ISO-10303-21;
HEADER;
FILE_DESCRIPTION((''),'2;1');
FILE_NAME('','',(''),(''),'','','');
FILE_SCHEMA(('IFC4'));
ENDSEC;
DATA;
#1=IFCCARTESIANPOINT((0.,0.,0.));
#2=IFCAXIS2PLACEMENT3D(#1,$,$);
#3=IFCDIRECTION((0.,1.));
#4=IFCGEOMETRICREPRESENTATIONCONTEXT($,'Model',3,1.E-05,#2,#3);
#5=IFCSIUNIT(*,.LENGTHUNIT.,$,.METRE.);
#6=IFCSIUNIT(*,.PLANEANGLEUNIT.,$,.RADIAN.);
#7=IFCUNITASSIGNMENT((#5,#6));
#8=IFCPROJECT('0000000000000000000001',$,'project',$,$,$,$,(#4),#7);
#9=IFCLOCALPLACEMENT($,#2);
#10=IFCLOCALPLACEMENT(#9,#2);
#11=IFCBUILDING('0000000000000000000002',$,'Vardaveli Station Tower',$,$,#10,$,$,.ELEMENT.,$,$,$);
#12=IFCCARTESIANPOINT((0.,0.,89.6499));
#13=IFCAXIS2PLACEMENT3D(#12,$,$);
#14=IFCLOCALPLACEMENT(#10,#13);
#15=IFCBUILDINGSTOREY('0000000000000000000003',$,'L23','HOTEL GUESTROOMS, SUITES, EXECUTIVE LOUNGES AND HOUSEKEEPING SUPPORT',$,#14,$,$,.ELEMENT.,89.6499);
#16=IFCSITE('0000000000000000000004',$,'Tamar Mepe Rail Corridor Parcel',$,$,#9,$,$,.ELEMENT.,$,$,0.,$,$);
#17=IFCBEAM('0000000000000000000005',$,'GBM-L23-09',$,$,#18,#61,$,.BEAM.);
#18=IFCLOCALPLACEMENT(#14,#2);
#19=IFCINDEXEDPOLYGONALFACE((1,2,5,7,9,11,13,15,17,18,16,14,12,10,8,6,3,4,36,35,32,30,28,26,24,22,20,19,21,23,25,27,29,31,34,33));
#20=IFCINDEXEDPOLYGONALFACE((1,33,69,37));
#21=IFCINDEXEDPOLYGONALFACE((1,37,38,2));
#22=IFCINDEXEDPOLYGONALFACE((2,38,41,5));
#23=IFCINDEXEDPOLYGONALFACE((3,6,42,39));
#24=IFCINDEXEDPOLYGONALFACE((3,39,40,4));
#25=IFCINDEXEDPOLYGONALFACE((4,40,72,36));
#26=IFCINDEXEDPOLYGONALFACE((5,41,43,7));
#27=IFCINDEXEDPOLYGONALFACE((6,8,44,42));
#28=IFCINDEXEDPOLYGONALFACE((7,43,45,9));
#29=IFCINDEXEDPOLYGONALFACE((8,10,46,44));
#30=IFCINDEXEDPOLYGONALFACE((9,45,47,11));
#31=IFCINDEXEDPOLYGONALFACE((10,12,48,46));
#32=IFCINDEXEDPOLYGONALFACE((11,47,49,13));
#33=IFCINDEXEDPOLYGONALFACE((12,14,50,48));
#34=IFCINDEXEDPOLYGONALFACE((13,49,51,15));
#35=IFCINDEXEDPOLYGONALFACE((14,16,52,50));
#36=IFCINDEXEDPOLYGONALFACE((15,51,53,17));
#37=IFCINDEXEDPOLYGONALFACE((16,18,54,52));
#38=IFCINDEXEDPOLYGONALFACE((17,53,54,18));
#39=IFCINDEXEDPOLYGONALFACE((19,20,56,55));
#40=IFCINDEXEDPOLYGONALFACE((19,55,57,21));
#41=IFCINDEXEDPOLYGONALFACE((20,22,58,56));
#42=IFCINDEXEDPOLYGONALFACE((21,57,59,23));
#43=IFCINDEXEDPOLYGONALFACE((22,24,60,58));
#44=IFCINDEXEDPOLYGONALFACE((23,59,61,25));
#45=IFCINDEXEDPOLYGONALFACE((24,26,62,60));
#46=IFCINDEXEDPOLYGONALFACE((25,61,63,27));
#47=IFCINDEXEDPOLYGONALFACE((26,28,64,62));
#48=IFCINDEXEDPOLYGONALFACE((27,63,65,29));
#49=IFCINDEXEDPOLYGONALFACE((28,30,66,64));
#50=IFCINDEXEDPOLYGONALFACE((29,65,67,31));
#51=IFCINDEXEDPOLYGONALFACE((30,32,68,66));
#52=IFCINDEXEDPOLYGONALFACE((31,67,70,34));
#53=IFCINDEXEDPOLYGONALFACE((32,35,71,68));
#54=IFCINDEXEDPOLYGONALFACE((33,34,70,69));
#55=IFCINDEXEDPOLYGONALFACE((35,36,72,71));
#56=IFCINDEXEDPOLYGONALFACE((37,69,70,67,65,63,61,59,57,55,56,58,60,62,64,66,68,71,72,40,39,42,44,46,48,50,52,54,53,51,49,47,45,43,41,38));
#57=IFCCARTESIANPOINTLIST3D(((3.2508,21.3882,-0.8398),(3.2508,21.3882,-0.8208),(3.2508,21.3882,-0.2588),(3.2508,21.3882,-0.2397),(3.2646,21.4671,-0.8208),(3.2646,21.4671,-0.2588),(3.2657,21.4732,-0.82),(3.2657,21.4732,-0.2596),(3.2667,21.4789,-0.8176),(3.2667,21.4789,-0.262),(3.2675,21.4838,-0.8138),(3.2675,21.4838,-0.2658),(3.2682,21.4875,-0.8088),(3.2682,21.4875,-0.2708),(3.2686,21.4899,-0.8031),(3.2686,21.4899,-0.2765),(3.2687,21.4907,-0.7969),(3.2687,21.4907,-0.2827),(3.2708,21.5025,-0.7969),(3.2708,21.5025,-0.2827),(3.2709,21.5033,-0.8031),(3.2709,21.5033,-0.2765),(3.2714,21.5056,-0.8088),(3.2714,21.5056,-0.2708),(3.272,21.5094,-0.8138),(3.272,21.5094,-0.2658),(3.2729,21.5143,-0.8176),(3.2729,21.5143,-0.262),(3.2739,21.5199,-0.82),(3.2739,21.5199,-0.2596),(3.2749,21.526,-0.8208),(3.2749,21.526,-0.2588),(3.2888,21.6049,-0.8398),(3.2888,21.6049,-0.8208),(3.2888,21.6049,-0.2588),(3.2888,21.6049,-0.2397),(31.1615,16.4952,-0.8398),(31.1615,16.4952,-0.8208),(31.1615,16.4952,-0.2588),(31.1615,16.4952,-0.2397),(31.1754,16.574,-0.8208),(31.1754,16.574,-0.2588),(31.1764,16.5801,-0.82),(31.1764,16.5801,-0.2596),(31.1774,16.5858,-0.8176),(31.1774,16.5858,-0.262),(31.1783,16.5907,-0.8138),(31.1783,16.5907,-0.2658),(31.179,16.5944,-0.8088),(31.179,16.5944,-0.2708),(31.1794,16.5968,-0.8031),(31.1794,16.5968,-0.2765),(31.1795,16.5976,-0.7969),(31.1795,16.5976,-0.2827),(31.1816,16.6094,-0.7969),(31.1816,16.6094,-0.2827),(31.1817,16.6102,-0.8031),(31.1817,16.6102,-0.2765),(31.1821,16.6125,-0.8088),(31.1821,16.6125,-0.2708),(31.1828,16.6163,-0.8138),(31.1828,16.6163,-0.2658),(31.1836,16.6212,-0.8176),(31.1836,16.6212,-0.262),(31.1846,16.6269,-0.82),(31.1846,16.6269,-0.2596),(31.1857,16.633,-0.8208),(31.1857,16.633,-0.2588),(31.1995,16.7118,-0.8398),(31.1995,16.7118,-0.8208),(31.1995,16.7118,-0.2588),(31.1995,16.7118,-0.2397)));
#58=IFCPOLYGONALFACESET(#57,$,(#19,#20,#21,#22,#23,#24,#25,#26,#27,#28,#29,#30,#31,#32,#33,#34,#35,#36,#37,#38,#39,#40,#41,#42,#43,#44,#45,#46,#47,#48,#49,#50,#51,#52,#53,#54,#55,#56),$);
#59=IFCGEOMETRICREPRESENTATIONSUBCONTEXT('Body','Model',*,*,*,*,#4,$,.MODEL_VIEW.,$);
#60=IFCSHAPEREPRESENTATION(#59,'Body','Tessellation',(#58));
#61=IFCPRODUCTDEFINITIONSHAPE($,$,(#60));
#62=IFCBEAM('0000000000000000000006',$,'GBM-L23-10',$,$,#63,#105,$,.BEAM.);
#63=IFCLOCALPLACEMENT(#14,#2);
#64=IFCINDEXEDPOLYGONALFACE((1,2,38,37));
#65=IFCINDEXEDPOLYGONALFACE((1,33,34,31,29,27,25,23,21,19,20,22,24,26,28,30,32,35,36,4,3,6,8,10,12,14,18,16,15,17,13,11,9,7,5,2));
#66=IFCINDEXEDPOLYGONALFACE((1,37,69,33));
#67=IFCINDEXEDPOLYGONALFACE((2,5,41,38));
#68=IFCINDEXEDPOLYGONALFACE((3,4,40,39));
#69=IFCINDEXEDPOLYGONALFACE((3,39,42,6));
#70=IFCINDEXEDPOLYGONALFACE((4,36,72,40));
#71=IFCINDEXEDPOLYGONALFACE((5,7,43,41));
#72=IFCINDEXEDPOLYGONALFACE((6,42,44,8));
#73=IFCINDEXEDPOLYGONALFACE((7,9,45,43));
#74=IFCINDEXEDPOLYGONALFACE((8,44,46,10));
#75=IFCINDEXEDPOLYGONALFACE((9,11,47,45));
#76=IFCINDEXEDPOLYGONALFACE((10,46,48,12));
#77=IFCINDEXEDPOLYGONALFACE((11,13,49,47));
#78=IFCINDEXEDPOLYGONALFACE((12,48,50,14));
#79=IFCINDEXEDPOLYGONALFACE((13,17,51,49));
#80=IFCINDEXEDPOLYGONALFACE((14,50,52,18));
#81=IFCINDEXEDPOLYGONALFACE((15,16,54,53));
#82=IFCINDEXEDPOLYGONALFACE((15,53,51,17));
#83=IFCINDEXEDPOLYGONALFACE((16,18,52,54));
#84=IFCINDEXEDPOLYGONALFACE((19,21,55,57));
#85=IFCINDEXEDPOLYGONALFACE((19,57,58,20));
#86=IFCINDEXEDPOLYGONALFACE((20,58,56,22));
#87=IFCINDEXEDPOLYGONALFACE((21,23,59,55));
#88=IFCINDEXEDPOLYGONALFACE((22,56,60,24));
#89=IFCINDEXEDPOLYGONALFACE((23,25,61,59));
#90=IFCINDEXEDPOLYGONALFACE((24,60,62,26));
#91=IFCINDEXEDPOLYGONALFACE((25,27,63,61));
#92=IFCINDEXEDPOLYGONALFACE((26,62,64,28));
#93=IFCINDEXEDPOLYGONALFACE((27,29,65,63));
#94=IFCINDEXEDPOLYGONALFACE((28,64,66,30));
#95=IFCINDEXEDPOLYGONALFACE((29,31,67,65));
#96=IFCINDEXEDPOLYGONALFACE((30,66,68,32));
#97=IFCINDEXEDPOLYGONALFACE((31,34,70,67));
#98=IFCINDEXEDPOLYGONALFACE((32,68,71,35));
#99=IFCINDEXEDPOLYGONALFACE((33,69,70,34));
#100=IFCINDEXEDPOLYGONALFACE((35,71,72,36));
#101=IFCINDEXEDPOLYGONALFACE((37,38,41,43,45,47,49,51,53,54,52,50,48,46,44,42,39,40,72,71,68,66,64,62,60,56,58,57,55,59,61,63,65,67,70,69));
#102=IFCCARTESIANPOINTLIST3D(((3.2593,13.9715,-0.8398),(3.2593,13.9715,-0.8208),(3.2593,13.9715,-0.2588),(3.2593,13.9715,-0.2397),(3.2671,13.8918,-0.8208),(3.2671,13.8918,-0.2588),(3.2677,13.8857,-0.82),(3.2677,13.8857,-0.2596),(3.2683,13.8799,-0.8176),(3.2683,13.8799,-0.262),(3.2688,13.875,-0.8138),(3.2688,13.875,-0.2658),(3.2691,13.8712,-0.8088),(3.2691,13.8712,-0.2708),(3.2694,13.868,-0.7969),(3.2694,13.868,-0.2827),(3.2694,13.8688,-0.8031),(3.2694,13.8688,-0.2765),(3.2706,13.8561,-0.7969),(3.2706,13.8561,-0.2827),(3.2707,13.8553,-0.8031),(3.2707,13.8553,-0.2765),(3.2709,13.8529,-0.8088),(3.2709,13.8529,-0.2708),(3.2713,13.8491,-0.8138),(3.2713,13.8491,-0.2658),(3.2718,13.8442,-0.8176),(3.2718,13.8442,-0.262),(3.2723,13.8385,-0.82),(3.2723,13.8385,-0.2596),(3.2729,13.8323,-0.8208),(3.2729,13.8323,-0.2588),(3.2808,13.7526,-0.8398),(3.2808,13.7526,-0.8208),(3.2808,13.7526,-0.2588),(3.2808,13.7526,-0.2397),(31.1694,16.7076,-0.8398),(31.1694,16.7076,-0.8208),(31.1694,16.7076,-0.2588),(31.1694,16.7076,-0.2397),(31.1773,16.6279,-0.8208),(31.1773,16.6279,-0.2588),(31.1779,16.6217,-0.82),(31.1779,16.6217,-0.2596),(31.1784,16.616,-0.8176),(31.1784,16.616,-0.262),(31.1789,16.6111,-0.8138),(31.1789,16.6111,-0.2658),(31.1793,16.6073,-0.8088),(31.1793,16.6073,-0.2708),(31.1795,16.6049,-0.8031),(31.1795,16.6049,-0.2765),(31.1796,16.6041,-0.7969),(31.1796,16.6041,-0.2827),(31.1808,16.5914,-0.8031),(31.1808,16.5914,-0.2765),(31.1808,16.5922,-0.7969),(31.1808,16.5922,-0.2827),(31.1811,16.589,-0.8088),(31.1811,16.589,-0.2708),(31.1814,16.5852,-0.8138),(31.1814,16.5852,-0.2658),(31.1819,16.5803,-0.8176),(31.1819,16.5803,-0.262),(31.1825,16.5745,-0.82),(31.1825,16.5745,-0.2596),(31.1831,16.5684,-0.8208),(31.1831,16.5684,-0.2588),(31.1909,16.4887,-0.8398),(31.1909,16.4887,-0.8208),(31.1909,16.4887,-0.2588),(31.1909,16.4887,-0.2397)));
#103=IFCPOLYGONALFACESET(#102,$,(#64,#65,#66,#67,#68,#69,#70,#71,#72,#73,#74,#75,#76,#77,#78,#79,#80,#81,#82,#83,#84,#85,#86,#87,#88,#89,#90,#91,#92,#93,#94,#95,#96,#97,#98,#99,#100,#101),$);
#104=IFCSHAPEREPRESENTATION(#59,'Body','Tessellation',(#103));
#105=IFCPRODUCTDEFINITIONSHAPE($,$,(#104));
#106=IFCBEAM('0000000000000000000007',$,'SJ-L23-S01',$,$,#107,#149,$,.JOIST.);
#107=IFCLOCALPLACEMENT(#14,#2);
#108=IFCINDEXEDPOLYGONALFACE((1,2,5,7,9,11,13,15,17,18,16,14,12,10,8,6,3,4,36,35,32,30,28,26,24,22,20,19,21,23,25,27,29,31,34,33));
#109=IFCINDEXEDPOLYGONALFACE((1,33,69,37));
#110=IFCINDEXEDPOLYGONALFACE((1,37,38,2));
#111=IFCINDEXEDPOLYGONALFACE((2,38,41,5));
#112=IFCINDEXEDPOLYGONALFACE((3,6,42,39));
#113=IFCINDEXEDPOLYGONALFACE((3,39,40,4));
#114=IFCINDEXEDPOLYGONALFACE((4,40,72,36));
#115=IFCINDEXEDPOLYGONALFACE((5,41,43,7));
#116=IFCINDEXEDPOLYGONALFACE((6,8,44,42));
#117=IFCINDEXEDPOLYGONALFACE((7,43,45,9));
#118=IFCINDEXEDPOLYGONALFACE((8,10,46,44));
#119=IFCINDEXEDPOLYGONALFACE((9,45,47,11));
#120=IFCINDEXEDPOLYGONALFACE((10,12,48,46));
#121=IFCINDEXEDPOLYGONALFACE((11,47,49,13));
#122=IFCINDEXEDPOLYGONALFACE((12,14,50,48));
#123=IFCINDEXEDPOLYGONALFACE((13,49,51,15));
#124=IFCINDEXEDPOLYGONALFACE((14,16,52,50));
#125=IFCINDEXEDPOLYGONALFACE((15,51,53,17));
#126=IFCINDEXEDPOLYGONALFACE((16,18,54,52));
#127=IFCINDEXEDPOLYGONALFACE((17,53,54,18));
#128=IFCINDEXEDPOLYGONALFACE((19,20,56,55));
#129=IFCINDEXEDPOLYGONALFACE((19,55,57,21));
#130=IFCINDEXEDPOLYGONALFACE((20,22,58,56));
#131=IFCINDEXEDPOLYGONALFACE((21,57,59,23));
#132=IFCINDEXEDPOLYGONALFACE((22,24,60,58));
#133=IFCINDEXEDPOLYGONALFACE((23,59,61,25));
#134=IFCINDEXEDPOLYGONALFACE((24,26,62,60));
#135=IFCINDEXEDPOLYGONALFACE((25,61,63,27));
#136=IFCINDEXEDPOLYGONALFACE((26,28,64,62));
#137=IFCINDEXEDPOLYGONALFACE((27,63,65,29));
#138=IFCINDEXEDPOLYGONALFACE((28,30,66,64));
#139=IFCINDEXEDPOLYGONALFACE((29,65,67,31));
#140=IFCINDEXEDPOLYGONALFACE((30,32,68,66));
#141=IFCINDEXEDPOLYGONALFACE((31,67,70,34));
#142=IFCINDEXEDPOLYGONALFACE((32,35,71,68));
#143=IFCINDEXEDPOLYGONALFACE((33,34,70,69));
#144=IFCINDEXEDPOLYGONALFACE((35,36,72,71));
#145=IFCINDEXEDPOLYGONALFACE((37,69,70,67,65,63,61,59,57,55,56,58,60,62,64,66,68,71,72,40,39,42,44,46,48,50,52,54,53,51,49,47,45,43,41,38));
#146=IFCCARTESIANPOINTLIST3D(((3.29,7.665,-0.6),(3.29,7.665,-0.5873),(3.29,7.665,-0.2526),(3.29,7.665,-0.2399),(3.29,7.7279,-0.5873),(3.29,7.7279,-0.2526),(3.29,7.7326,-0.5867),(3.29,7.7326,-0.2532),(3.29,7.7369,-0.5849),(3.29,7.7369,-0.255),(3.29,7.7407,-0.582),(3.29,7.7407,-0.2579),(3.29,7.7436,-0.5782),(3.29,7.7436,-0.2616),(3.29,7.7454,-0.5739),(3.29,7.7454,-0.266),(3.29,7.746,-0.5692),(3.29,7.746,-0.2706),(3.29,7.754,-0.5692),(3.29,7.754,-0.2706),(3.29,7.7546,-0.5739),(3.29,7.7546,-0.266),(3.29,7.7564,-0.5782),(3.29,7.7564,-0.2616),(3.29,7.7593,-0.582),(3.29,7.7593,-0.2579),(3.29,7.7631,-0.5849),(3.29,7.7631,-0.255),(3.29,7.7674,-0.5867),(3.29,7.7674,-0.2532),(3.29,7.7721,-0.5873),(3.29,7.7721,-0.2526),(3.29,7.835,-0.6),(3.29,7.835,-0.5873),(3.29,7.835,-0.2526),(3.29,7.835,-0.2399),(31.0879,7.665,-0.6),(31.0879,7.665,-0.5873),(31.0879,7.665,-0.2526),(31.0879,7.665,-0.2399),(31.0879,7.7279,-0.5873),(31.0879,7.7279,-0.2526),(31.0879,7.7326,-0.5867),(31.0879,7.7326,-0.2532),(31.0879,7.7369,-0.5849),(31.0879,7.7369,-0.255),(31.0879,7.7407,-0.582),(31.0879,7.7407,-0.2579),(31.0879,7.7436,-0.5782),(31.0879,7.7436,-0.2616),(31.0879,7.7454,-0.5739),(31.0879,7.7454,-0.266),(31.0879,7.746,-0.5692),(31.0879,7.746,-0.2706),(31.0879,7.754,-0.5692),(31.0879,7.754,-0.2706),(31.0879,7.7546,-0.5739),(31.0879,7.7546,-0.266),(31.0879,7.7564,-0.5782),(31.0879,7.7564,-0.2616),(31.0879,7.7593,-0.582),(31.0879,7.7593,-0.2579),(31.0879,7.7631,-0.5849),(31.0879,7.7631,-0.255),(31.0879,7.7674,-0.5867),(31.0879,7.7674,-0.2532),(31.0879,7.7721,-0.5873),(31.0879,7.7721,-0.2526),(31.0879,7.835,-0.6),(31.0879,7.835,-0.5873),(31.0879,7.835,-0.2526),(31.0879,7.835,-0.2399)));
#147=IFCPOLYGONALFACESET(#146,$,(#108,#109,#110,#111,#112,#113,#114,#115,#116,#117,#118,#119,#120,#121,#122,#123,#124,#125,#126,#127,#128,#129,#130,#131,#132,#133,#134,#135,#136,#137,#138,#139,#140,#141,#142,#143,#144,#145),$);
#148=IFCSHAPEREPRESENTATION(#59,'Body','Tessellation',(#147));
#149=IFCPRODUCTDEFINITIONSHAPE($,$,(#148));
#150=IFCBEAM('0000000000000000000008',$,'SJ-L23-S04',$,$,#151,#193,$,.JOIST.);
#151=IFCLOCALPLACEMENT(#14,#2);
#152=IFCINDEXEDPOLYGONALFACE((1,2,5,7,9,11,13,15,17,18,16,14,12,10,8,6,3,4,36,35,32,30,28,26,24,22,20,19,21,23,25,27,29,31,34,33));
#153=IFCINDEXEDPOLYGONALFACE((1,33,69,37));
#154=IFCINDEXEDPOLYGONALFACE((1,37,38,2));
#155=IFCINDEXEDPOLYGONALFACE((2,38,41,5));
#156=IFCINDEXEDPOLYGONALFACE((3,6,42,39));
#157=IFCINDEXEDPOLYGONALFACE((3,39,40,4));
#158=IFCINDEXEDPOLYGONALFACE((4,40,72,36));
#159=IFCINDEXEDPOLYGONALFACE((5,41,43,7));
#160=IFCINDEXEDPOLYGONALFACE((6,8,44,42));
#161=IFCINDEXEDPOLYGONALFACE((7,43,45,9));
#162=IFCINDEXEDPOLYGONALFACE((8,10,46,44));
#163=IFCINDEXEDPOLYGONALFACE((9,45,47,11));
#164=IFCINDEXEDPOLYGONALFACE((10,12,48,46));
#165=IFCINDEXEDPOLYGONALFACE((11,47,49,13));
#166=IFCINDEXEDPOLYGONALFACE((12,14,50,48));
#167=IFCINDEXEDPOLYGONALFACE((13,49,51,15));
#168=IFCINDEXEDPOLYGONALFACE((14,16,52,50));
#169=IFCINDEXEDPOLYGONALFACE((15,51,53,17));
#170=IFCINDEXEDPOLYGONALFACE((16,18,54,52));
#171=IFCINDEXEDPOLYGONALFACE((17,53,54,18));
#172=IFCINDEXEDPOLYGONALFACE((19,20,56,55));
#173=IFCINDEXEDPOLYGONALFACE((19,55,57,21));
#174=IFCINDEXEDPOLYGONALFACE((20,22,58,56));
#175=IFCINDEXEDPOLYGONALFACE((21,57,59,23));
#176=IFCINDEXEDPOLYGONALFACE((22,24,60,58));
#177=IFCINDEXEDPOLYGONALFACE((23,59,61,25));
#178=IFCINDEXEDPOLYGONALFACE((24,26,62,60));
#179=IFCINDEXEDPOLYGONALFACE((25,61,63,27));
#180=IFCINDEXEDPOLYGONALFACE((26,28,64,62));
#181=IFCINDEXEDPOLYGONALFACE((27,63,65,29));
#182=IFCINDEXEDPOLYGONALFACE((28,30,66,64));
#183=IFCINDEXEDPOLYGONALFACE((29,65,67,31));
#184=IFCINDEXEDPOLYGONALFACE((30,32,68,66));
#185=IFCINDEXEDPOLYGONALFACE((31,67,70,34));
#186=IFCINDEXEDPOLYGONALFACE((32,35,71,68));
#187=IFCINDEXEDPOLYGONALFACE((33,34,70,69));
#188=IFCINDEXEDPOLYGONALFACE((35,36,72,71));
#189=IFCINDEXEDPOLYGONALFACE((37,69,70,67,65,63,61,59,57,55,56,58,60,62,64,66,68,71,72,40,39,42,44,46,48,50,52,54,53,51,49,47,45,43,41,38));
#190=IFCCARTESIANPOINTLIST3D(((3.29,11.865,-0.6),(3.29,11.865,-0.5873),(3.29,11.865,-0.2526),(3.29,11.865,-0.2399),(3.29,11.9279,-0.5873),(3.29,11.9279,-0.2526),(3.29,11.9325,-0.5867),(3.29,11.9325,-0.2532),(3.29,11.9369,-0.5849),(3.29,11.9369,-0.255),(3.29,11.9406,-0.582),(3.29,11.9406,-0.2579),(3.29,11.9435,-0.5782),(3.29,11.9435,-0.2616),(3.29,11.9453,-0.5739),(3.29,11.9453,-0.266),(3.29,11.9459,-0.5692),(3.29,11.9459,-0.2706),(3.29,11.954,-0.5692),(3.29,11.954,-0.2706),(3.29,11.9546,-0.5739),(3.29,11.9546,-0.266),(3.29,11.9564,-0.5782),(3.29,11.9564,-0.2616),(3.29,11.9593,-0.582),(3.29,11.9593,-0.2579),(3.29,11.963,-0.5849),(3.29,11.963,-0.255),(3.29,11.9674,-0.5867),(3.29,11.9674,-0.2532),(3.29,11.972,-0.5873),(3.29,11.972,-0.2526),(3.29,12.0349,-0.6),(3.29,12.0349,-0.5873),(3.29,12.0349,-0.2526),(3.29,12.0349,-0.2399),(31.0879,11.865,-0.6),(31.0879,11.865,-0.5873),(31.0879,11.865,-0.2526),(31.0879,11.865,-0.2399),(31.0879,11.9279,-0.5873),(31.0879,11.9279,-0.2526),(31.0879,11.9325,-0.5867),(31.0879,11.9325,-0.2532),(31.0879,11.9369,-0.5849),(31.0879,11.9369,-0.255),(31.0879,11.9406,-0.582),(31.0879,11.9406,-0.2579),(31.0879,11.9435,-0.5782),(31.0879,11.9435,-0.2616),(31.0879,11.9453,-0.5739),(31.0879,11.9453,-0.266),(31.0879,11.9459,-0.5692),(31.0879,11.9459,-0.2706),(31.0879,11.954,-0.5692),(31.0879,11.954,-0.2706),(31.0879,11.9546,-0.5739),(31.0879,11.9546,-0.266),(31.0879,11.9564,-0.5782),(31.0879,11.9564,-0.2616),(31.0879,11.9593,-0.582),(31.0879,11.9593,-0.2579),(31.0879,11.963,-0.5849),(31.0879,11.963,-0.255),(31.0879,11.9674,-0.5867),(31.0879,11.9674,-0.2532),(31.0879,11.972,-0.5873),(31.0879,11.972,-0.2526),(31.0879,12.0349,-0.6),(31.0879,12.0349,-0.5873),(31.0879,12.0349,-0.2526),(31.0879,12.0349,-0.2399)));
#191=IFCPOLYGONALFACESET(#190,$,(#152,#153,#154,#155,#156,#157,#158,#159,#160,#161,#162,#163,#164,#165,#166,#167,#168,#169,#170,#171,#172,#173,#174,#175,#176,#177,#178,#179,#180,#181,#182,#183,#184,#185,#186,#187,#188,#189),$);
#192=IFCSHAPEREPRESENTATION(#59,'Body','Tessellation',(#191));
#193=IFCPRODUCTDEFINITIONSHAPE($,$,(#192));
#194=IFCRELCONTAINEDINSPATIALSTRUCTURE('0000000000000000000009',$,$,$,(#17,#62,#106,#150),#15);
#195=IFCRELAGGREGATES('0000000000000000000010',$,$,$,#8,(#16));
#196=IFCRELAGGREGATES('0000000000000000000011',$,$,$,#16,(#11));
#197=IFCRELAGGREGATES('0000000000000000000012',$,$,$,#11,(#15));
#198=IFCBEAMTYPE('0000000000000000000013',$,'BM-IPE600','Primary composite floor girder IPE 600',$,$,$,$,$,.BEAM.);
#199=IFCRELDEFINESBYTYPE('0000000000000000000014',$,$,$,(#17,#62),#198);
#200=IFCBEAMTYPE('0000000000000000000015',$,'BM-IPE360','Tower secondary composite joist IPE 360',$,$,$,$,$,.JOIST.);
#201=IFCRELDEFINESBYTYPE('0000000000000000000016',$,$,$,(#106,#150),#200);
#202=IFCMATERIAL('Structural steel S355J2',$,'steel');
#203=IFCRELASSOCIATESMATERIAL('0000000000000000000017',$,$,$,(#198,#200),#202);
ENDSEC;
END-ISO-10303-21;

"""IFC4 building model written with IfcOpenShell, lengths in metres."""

from ifc_helpers import new_model, si_unit, direction, frame, origin, origin_2d, place, context, subcontext, project, spatial, i_section, extrude, source, transform, mapped, material, material_profile, profile_set, type_object, element, save


model = new_model("IFC4")

# Units and contexts
model_context = context("Model", 3, precision=1e-05, world=origin(), true_north=direction((0.0, 1.0)))
body_context = subcontext(model_context, "Body", "Model", "MODEL_VIEW")
ifc_project = project(units=[si_unit("LENGTHUNIT", "METRE"), si_unit("PLANEANGLEUNIT", "RADIAN")], contexts=[model_context])

# Site, building, storey
site_placement = place(None, origin())
site = spatial("IfcSite", under=ifc_project, at=site_placement, Name="Tamar Mepe Rail Corridor Parcel", CompositionType="ELEMENT", RefElevation=0.0)
building_placement = place(site_placement, origin())
building = spatial("IfcBuilding", under=site, at=building_placement, Name="Vardaveli Station Tower", CompositionType="ELEMENT")
storey_placement = place(building_placement, frame((0.0, 0.0, 89.6499)))
storey = spatial("IfcBuildingStorey", under=building, at=storey_placement, Name="L23", Description="HOTEL GUESTROOMS, SUITES, EXECUTIVE LOUNGES AND HOUSEKEEPING SUPPORT", CompositionType="ELEMENT", Elevation=89.6499)

# Beams
ifc_material_1 = material(Name="Structural steel S355J2", Category="steel")
ifc_material_profile_1 = material_profile(ifc_material_1, i_section(OverallWidth=0.22, OverallDepth=0.6001, WebThickness=0.012, FlangeThickness=0.019, FilletRadius=0.0239, at=origin_2d()), Name="IPE 600")
ifc_profile_set_1 = profile_set([ifc_material_profile_1], Name="Structural steel S355J2")
beam_type_1 = type_object("IfcBeamType", Name="BM-IPE600", Description="Primary composite floor girder IPE 600", PredefinedType="BEAM", material=ifc_profile_set_1)
shared_shape_1 = source(origin(), body_context, "Body", "SweptSolid", [
    extrude(i_section(OverallWidth=0.22, OverallDepth=0.6001, WebThickness=0.012, FlangeThickness=0.019, FilletRadius=0.0239, at=origin_2d()), origin(), (0.0, 0.0, 1.0), 28.3364),
])
beam_1_placement = place(storey_placement, frame((3.2698, 21.4966, -0.5398), z_axis=(0.984978, -0.172678, 0.0), x_axis=(0.172678, 0.984978, 0.0)))
element("IfcBeam", 1, at=beam_1_placement, inside=storey, type_object=beam_type_1, Name="GBM-L23-09", PredefinedType="BEAM", context=body_context, shape_type="MappedRepresentation", body=[
    mapped(shared_shape_1, transform((0.0, 0.0, 0.0), scale=1.0)),
])
shared_shape_2 = source(origin(), body_context, "Body", "SweptSolid", [
    extrude(i_section(OverallWidth=0.22, OverallDepth=0.6001, WebThickness=0.012, FlangeThickness=0.019, FilletRadius=0.0239, at=origin_2d()), origin(), (0.0, 0.0, 1.0), 28.0439),
])
beam_2_placement = place(storey_placement, frame((3.27, 13.8621, -0.5398), z_axis=(0.995229, 0.097564, 0.0), x_axis=(-0.097564, 0.995229, 0.0)))
element("IfcBeam", 2, at=beam_2_placement, inside=storey, type_object=beam_type_1, Name="GBM-L23-10", PredefinedType="BEAM", context=body_context, shape_type="MappedRepresentation", body=[
    mapped(shared_shape_2, transform((0.0, 0.0, 0.0), scale=1.0)),
])
ifc_material_profile_2 = material_profile(ifc_material_1, i_section(OverallWidth=0.1699, OverallDepth=0.3601, WebThickness=0.0081, FlangeThickness=0.0127, FilletRadius=0.0181, at=origin_2d()), Name="IPE 360")
ifc_profile_set_2 = profile_set([ifc_material_profile_2], Name="Structural steel S355J2")
beam_type_2 = type_object("IfcBeamType", Name="BM-IPE360", Description="Tower secondary composite joist IPE 360", PredefinedType="JOIST", material=ifc_profile_set_2)
shared_shape_3 = source(origin(), body_context, "Body", "SweptSolid", [
    extrude(i_section(OverallWidth=0.1699, OverallDepth=0.3601, WebThickness=0.0081, FlangeThickness=0.0127, FilletRadius=0.0181, at=origin_2d()), origin(), (0.0, 0.0, 1.0), 27.7979),
])
for number, where, z_axis, x_axis, name in (
    (3, (3.29, 7.75, -0.4199), (1.0, 0.0, 0.0), (0.0, 1.0, 0.0), "SJ-L23-S01"),
    (4, (3.29, 11.95, -0.4199), (1.0, 0.0, 0.0), (0.0, 1.0, 0.0), "SJ-L23-S04"),
):
    element("IfcBeam", number, at=place(storey_placement, frame(where, z_axis=z_axis, x_axis=x_axis)), inside=storey, type_object=beam_type_2, Name=name, PredefinedType="JOIST", context=body_context, shape_type="MappedRepresentation", body=[
        mapped(shared_shape_3, transform((0.0, 0.0, 0.0), scale=1.0)),
    ])

save(model, "model.ifc")
